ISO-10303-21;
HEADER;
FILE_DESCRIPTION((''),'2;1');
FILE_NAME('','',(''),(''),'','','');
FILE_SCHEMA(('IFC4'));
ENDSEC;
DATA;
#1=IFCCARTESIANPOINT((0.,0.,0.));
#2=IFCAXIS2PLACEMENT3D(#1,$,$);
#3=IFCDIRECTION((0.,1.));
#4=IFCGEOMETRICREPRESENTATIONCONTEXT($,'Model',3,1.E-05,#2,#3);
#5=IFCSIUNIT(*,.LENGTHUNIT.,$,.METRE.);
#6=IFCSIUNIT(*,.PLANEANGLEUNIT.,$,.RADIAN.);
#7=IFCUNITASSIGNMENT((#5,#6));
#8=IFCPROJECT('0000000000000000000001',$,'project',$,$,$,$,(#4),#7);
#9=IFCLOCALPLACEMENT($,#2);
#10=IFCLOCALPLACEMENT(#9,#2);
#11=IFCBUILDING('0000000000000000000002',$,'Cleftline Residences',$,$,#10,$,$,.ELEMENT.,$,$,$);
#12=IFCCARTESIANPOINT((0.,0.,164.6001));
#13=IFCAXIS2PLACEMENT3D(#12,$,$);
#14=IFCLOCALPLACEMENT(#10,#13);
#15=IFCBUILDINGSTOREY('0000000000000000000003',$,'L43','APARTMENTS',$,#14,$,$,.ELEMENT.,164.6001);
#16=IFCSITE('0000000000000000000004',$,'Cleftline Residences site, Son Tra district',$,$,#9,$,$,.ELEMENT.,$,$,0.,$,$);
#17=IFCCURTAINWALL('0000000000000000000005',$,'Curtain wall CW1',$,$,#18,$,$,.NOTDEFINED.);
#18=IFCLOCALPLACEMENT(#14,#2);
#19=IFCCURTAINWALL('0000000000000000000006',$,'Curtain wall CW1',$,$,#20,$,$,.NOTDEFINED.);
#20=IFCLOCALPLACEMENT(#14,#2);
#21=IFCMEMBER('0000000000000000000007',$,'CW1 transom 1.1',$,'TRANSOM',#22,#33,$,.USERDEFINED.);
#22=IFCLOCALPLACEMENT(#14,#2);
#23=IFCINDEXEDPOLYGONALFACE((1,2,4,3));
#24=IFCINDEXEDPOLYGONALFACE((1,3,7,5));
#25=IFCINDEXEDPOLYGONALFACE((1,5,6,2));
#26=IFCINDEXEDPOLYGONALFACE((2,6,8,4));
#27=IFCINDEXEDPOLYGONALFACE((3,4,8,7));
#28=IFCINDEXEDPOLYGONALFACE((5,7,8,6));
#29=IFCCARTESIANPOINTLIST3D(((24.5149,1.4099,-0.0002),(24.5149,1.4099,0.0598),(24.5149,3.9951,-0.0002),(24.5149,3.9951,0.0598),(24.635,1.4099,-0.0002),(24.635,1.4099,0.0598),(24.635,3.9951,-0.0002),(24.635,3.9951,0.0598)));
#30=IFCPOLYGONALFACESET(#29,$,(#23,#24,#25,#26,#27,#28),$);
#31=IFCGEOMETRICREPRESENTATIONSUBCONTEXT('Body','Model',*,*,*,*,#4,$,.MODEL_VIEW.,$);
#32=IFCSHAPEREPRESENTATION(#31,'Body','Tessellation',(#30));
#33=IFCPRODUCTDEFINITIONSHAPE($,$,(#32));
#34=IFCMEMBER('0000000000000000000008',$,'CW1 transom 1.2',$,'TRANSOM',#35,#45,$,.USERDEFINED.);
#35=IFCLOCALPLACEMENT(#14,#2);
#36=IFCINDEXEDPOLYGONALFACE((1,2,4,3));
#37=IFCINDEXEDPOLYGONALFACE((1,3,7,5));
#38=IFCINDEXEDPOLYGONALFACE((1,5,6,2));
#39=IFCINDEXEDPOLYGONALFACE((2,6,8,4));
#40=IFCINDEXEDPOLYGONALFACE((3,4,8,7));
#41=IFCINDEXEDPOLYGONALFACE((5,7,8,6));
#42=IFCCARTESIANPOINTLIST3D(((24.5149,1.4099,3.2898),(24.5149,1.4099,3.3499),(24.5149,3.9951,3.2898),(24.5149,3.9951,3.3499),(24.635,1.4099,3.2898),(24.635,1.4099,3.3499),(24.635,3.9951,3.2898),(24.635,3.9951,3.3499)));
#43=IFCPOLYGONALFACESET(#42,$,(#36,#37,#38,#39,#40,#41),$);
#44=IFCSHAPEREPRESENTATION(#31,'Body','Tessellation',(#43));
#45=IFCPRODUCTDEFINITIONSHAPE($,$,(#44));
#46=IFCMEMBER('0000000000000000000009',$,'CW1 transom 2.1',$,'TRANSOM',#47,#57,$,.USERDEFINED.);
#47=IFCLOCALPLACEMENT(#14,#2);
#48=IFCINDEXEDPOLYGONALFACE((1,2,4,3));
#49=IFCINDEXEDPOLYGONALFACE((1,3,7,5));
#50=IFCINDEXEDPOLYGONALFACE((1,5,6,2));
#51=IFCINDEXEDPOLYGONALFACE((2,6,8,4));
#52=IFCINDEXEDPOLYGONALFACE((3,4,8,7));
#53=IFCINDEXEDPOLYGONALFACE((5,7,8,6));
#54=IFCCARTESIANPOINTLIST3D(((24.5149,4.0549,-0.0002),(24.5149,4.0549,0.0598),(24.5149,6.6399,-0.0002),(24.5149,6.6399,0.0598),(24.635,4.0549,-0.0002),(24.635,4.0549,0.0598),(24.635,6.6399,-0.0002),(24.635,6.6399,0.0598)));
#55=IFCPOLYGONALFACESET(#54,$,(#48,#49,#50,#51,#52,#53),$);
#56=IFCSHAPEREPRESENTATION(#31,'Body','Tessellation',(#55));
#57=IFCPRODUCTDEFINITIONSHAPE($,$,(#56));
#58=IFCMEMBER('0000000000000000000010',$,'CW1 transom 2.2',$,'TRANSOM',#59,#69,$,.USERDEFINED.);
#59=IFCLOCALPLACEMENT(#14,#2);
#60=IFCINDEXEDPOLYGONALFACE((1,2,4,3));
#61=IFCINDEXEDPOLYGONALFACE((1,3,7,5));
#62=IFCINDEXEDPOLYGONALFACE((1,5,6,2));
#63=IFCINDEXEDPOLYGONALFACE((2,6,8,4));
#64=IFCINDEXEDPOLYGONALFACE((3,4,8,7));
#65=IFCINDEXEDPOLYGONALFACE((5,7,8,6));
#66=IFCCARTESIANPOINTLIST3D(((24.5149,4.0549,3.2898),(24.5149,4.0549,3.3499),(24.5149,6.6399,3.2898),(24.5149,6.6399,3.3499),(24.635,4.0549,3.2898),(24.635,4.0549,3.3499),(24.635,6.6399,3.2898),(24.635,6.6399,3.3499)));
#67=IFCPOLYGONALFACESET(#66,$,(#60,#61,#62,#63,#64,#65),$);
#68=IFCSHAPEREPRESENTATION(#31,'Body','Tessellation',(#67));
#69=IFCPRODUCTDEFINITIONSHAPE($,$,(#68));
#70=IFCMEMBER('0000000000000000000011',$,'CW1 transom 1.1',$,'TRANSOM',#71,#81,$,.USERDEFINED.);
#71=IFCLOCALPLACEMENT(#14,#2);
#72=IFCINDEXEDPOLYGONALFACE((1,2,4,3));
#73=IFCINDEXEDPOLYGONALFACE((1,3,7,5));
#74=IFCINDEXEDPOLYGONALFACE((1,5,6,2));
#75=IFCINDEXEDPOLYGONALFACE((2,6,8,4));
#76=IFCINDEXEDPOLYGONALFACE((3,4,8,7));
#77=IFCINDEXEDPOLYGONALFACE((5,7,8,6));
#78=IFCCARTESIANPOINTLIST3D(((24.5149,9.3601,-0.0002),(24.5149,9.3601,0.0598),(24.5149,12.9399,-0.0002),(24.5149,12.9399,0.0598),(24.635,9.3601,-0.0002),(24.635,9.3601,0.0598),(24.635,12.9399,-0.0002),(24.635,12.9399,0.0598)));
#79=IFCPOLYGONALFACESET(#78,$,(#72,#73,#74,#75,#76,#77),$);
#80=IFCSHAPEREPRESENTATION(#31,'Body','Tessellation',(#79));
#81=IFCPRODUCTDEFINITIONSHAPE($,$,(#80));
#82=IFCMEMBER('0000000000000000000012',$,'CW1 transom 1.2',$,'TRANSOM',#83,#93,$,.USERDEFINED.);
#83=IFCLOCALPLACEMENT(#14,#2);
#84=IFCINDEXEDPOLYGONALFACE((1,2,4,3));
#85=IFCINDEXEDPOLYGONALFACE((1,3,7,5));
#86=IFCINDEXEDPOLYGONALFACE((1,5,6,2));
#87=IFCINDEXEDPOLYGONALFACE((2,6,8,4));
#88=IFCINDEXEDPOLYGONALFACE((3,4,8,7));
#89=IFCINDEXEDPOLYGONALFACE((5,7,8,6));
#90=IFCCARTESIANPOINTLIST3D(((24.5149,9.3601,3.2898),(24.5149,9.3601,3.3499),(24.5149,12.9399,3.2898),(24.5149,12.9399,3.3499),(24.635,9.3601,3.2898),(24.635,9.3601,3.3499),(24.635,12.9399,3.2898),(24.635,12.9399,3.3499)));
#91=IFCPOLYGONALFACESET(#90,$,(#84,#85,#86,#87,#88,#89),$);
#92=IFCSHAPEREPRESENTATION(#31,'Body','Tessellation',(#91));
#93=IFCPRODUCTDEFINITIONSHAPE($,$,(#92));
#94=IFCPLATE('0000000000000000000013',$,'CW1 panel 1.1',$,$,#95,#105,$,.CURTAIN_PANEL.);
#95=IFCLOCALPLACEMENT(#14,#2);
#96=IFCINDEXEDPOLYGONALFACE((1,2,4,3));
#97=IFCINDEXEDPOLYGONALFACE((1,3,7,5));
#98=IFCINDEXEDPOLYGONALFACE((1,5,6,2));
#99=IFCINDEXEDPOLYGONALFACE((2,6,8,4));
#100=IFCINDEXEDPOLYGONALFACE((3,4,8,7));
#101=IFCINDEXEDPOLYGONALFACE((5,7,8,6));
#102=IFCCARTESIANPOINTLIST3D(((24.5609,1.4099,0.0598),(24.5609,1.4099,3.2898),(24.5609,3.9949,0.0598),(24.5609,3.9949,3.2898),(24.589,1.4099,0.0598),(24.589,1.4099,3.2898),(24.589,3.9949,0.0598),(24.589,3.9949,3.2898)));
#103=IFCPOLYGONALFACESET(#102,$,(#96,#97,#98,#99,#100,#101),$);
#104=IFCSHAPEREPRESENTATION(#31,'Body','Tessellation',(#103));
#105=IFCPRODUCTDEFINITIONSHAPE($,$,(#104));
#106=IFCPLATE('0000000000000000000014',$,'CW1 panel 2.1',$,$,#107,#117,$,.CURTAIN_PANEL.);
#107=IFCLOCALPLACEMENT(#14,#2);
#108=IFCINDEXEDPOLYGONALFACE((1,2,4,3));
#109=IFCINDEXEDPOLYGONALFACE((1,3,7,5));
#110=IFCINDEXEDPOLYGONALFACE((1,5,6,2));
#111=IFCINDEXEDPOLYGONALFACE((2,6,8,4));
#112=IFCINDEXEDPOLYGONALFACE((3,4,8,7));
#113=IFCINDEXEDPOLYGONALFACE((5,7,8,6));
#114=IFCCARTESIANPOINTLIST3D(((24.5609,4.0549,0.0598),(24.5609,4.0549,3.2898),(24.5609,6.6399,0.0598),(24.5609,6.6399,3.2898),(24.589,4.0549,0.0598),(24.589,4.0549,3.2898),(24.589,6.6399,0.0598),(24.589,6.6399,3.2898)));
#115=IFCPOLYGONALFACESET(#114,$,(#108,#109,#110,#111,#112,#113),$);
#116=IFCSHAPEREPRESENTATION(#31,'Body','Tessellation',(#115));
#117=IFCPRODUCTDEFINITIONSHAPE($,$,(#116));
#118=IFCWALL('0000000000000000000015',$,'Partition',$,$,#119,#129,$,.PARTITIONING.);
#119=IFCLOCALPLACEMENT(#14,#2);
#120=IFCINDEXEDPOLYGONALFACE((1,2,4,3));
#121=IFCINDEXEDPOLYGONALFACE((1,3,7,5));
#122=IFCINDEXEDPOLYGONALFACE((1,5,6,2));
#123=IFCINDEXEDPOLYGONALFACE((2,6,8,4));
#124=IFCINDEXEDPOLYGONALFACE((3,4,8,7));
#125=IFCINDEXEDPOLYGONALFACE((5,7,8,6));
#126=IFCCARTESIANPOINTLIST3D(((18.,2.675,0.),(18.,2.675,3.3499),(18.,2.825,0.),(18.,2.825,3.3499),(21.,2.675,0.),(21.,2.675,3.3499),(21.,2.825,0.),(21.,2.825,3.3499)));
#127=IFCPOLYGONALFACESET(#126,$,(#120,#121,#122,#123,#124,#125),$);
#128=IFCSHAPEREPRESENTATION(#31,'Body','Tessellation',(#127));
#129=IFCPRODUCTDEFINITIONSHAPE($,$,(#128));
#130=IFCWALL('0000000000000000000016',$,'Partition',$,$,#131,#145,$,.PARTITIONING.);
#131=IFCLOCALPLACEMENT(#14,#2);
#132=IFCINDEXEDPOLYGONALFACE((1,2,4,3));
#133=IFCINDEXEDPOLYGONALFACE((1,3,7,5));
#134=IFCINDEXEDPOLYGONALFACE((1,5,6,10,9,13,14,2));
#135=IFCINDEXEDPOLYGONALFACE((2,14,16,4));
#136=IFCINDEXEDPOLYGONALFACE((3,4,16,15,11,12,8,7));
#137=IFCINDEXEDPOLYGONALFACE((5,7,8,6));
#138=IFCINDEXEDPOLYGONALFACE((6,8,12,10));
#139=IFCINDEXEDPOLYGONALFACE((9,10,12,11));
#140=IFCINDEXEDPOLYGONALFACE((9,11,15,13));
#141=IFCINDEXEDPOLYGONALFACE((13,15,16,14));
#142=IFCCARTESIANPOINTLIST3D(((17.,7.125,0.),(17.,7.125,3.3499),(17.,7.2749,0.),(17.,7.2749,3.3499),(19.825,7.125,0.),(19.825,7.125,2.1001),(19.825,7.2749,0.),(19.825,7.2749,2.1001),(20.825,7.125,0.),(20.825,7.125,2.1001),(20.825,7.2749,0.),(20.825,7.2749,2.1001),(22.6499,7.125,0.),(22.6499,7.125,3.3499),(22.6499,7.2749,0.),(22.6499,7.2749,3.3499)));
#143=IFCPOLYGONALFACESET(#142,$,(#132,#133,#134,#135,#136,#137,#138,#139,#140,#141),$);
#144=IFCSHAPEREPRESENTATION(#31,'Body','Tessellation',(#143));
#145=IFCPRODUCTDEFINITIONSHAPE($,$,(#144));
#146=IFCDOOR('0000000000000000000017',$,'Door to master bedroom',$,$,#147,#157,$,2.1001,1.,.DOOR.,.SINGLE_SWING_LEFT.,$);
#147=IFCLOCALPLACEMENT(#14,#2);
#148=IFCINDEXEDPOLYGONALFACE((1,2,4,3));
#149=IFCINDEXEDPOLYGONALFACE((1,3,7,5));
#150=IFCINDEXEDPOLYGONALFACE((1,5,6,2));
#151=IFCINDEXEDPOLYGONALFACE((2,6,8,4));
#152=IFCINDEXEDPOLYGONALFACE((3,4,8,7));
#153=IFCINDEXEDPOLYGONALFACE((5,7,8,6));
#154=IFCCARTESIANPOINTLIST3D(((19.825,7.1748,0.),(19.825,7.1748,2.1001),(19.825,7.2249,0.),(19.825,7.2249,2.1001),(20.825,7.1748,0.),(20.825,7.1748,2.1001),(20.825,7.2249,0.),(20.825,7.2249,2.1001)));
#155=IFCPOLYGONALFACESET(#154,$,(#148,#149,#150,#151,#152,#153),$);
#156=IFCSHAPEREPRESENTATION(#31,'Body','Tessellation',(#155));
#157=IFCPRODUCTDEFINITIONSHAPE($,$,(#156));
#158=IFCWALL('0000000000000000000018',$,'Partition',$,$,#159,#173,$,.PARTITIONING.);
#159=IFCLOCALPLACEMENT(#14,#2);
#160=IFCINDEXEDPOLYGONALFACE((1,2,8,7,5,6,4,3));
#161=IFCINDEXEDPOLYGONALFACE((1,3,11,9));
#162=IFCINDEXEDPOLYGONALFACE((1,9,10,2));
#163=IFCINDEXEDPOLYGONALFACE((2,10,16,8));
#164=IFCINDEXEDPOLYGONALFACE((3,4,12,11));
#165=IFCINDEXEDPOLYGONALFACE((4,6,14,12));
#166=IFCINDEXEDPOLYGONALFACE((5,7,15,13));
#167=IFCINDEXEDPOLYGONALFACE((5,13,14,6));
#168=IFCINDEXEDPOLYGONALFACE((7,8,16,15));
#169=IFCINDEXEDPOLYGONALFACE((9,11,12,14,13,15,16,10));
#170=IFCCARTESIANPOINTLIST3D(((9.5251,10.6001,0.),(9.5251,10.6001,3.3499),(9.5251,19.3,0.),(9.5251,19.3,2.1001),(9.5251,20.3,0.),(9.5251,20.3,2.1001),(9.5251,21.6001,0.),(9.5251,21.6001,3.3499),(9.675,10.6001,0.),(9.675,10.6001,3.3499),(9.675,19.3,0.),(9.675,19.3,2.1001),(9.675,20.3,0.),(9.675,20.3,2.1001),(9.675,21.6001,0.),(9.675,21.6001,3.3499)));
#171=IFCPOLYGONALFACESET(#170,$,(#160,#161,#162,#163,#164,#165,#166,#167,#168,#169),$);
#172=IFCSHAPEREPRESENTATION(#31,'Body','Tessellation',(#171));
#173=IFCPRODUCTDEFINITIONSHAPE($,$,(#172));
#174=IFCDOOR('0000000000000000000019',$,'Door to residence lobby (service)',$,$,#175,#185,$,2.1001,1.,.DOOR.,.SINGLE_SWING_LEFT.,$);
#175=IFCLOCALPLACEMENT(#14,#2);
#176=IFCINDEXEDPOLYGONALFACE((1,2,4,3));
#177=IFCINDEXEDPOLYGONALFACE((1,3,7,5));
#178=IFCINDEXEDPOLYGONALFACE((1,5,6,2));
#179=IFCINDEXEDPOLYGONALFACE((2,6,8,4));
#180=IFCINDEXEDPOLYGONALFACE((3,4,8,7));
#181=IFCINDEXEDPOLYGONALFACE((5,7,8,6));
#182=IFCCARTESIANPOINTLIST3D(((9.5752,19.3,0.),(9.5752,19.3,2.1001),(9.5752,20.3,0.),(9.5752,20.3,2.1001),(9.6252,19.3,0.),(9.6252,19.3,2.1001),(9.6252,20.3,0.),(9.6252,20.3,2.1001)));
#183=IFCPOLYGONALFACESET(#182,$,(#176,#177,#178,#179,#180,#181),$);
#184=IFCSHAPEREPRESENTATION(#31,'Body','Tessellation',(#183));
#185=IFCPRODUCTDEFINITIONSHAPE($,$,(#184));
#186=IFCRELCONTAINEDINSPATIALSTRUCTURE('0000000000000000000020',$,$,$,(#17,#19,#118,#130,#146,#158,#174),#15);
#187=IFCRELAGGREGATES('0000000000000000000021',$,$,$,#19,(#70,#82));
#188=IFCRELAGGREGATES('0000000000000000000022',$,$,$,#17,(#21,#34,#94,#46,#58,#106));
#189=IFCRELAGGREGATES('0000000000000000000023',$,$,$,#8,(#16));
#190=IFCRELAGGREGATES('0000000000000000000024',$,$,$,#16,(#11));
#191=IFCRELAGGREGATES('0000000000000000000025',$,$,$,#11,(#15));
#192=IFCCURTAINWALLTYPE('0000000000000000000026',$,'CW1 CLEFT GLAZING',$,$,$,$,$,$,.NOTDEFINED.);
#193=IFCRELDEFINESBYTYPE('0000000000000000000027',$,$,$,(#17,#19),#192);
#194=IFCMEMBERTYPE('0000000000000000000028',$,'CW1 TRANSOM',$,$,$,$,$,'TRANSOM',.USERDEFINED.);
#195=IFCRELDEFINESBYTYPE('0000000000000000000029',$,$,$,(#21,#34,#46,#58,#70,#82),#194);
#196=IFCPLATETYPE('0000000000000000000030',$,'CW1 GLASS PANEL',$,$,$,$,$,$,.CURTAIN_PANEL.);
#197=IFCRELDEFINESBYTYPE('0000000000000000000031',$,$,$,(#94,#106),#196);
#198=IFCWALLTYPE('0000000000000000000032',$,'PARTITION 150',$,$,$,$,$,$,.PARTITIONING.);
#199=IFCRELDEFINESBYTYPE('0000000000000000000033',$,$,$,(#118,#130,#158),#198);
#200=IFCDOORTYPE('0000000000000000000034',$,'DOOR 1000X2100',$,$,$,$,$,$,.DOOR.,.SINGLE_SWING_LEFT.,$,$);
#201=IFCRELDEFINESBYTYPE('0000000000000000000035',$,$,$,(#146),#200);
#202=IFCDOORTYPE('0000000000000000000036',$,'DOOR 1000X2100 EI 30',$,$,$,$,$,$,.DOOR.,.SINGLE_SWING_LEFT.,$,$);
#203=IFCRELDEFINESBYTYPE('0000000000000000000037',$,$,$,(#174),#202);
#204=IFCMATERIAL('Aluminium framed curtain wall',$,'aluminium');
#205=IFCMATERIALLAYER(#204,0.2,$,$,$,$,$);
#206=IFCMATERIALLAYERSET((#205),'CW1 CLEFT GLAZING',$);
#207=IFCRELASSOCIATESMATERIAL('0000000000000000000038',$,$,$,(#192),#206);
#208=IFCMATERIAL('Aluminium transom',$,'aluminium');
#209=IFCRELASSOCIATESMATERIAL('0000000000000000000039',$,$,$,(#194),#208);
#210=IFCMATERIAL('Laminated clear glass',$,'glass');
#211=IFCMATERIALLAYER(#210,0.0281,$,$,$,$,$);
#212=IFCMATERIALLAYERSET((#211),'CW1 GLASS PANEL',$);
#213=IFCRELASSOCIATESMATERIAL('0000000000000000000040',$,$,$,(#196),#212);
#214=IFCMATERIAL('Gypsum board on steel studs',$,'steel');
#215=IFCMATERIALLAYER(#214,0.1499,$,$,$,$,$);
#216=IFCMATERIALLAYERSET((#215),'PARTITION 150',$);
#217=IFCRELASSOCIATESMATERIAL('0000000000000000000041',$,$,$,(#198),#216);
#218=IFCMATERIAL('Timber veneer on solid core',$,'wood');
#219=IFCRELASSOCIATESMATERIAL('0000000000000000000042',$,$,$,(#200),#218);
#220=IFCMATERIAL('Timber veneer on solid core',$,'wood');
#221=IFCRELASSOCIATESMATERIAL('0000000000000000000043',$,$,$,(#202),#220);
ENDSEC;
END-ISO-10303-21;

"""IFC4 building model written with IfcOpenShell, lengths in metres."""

from ifc_helpers import new_model, si_unit, direction, frame, frame_2d, origin, origin_2d, place, context, subcontext, project, spatial, rectangle, extrude, material, layer, layer_set, material_profile, profile_set, type_object, element, fill, aggregate, save


model = new_model("IFC4")

# Units and contexts
model_context = context("Model", 3, precision=1e-05, world=origin(), true_north=direction((0.0, 1.0)))
body_context = subcontext(model_context, "Body", "Model", "MODEL_VIEW")
ifc_project = project(units=[si_unit("LENGTHUNIT", "METRE"), si_unit("PLANEANGLEUNIT", "RADIAN")], contexts=[model_context])

# Site, building, storey
site_placement = place(None, origin())
site = spatial("IfcSite", under=ifc_project, at=site_placement, Name="Cleftline Residences site, Son Tra district", CompositionType="ELEMENT", RefElevation=0.0)
building_placement = place(site_placement, origin())
building = spatial("IfcBuilding", under=site, at=building_placement, Name="Cleftline Residences", CompositionType="ELEMENT")
storey_placement = place(building_placement, frame((0.0, 0.0, 164.6001)))
storey = spatial("IfcBuildingStorey", under=building, at=storey_placement, Name="L43", Description="APARTMENTS", CompositionType="ELEMENT", Elevation=164.6001)

# Curtain wall
ifc_material_1 = material(Name="Aluminium framed curtain wall", Category="aluminium")
ifc_layer_1 = layer(ifc_material_1, 0.2)
ifc_layer_set_1 = layer_set([ifc_layer_1], Name="CW1 CLEFT GLAZING")
curtain_wall_type = type_object("IfcCurtainWallType", Name="CW1 CLEFT GLAZING", PredefinedType="NOTDEFINED", material=ifc_layer_set_1)
curtain_wall_1_placement = place(storey_placement, origin())
curtain_wall_1 = element("IfcCurtainWall", 1, at=curtain_wall_1_placement, inside=storey, type_object=curtain_wall_type, Name="Curtain wall CW1", PredefinedType="NOTDEFINED")

# Curtain wall
curtain_wall_2_placement = place(storey_placement, origin())
curtain_wall_2 = element("IfcCurtainWall", 2, at=curtain_wall_2_placement, inside=storey, type_object=curtain_wall_type, Name="Curtain wall CW1", PredefinedType="NOTDEFINED")

# Members
ifc_material_2 = material(Name="Aluminium transom", Category="aluminium")
ifc_material_profile_1 = material_profile(ifc_material_2, rectangle(XDim=0.1201, YDim=0.0601, at=origin_2d()))
ifc_profile_set_1 = profile_set([ifc_material_profile_1], Name="Aluminium transom")
member_type_1 = type_object("IfcMemberType", Name="CW1 TRANSOM", ElementType="TRANSOM", PredefinedType="USERDEFINED", material=ifc_profile_set_1)
member_1_placement = place(storey_placement, frame((24.575, 1.4099, 0.0298), z_axis=(0.0, 1.0, 0.0), x_axis=(-1.0, 0.0, 0.0)))
member_1 = element("IfcMember", 3, at=member_1_placement, type_object=member_type_1, Name="CW1 transom 1.1", ObjectType="TRANSOM", PredefinedType="USERDEFINED", context=body_context, shape_type="SweptSolid", body=[
    extrude(rectangle(XDim=0.1201, YDim=0.0601, at=origin_2d()), origin(), (0.0, 0.0, 1.0), 2.5852),
])
member_2_placement = place(storey_placement, frame((24.575, 1.4099, 3.3198), z_axis=(0.0, 1.0, 0.0), x_axis=(-1.0, 0.0, 0.0)))
member_2 = element("IfcMember", 4, at=member_2_placement, type_object=member_type_1, Name="CW1 transom 1.2", ObjectType="TRANSOM", PredefinedType="USERDEFINED", context=body_context, shape_type="SweptSolid", body=[
    extrude(rectangle(XDim=0.1201, YDim=0.0601, at=origin_2d()), origin(), (0.0, 0.0, 1.0), 2.5852),
])
member_3_placement = place(storey_placement, frame((24.575, 4.0549, 0.0298), z_axis=(0.0, 1.0, 0.0), x_axis=(-1.0, 0.0, 0.0)))
member_3 = element("IfcMember", 5, at=member_3_placement, type_object=member_type_1, Name="CW1 transom 2.1", ObjectType="TRANSOM", PredefinedType="USERDEFINED", context=body_context, shape_type="SweptSolid", body=[
    extrude(rectangle(XDim=0.1201, YDim=0.0601, at=origin_2d()), origin(), (0.0, 0.0, 1.0), 2.585),
])
member_4_placement = place(storey_placement, frame((24.575, 4.0549, 3.3198), z_axis=(0.0, 1.0, 0.0), x_axis=(-1.0, 0.0, 0.0)))
member_4 = element("IfcMember", 6, at=member_4_placement, type_object=member_type_1, Name="CW1 transom 2.2", ObjectType="TRANSOM", PredefinedType="USERDEFINED", context=body_context, shape_type="SweptSolid", body=[
    extrude(rectangle(XDim=0.1201, YDim=0.0601, at=origin_2d()), origin(), (0.0, 0.0, 1.0), 2.585),
])
member_5_placement = place(storey_placement, frame((24.575, 9.3601, 0.0298), z_axis=(0.0, 1.0, 0.0), x_axis=(-1.0, 0.0, 0.0)))
member_5 = element("IfcMember", 7, at=member_5_placement, type_object=member_type_1, Name="CW1 transom 1.1", ObjectType="TRANSOM", PredefinedType="USERDEFINED", context=body_context, shape_type="SweptSolid", body=[
    extrude(rectangle(XDim=0.1201, YDim=0.0601, at=origin_2d()), origin(), (0.0, 0.0, 1.0), 3.5798),
])
member_6_placement = place(storey_placement, frame((24.575, 9.3601, 3.3198), z_axis=(0.0, 1.0, 0.0), x_axis=(-1.0, 0.0, 0.0)))
member_6 = element("IfcMember", 8, at=member_6_placement, type_object=member_type_1, Name="CW1 transom 1.2", ObjectType="TRANSOM", PredefinedType="USERDEFINED", context=body_context, shape_type="SweptSolid", body=[
    extrude(rectangle(XDim=0.1201, YDim=0.0601, at=origin_2d()), origin(), (0.0, 0.0, 1.0), 3.5798),
])
aggregate(curtain_wall_2, [member_5, member_6])

# Plates
ifc_material_3 = material(Name="Laminated clear glass", Category="glass")
ifc_layer_2 = layer(ifc_material_3, 0.0281)
ifc_layer_set_2 = layer_set([ifc_layer_2], Name="CW1 GLASS PANEL")
plate_type = type_object("IfcPlateType", Name="CW1 GLASS PANEL", PredefinedType="CURTAIN_PANEL", material=ifc_layer_set_2)
plate_1_placement = place(storey_placement, frame((24.575, 2.7024, 0.0598), z_axis=(0.0, 0.0, 1.0), x_axis=(0.0, 1.0, 0.0)))
plate_1 = element("IfcPlate", 9, at=plate_1_placement, type_object=plate_type, Name="CW1 panel 1.1", PredefinedType="CURTAIN_PANEL", context=body_context, shape_type="SweptSolid", body=[
    extrude(rectangle(XDim=2.585, YDim=0.0281, at=origin_2d()), origin(), (0.0, 0.0, 1.0), 3.23),
])
plate_2_placement = place(storey_placement, frame((24.575, 5.3474, 0.0598), z_axis=(0.0, 0.0, 1.0), x_axis=(0.0, 1.0, 0.0)))
plate_2 = element("IfcPlate", 10, at=plate_2_placement, type_object=plate_type, Name="CW1 panel 2.1", PredefinedType="CURTAIN_PANEL", context=body_context, shape_type="SweptSolid", body=[
    extrude(rectangle(XDim=2.585, YDim=0.0281, at=origin_2d()), origin(), (0.0, 0.0, 1.0), 3.23),
])
aggregate(curtain_wall_1, [member_1, member_2, plate_1, member_3, member_4, plate_2])

# Wall
ifc_material_4 = material(Name="Gypsum board on steel studs", Category="steel")
ifc_layer_3 = layer(ifc_material_4, 0.1499)
ifc_layer_set_3 = layer_set([ifc_layer_3], Name="PARTITION 150")
wall_type = type_object("IfcWallType", Name="PARTITION 150", PredefinedType="PARTITIONING", material=ifc_layer_set_3)
wall_1_placement = place(storey_placement, frame((18.0, 2.75, 0.0), z_axis=(0.0, 0.0, 1.0), x_axis=(1.0, 0.0, 0.0)))
element("IfcWall", 11, at=wall_1_placement, inside=storey, type_object=wall_type, Name="Partition", PredefinedType="PARTITIONING", context=body_context, shape_type="SweptSolid", body=[
    extrude(rectangle(XDim=3.0, YDim=0.1499, at=frame_2d((1.5, 0.0))), origin(), (0.0, 0.0, 1.0), 3.3499),
])

# Walls, openings, doors
wall_2_placement = place(storey_placement, frame((17.0, 7.2, 0.0), z_axis=(0.0, 0.0, 1.0), x_axis=(1.0, 0.0, 0.0)))
wall_2 = element("IfcWall", 12, at=wall_2_placement, inside=storey, type_object=wall_type, Name="Partition", PredefinedType="PARTITIONING", context=body_context, shape_type="SweptSolid", body=[
    extrude(rectangle(XDim=5.6499, YDim=0.1499, at=frame_2d((2.825, 0.0))), origin(), (0.0, 0.0, 1.0), 3.3499),
])
opening_1_placement = place(wall_2_placement, frame((2.825, 0.0, 0.0)))
opening_1 = element("IfcOpeningElement", 13, at=opening_1_placement, cuts=wall_2, PredefinedType="OPENING", context=body_context, shape_type="SweptSolid", body=[
    extrude(rectangle(XDim=1.0, YDim=2.1001, at=frame_2d((0.5, 1.05))), frame((0.0, 0.085, 0.0), z_axis=(0.0, -1.0, 0.0), x_axis=(1.0, 0.0, 0.0)), (0.0, 0.0, 1.0), 0.1699),
])
ifc_material_5 = material(Name="Timber veneer on solid core", Category="wood")
door_type_1 = type_object("IfcDoorType", Name="DOOR 1000X2100", OperationType="SINGLE_SWING_LEFT", PredefinedType="DOOR", material=ifc_material_5)
door_1_placement = place(opening_1_placement, origin())
door_1 = element("IfcDoor", 14, at=door_1_placement, inside=storey, type_object=door_type_1, Name="Door to master bedroom", OperationType="SINGLE_SWING_LEFT", OverallHeight=2.1001, OverallWidth=1.0, PredefinedType="DOOR", context=body_context, shape_type="SweptSolid", body=[
    extrude(rectangle(XDim=1.0, YDim=2.1001, at=frame_2d((0.5, 1.05))), frame((0.0, 0.0249, 0.0), z_axis=(0.0, -1.0, 0.0), x_axis=(1.0, 0.0, 0.0)), (0.0, 0.0, 1.0), 0.05),
])
fill(opening_1, door_1)
wall_3_placement = place(storey_placement, frame((9.6001, 10.6001, 0.0), z_axis=(0.0, 0.0, 1.0), x_axis=(0.0, 1.0, 0.0)))
wall_3 = element("IfcWall", 15, at=wall_3_placement, inside=storey, type_object=wall_type, Name="Partition", PredefinedType="PARTITIONING", context=body_context, shape_type="SweptSolid", body=[
    extrude(rectangle(XDim=11.0, YDim=0.1499, at=frame_2d((5.5, 0.0))), origin(), (0.0, 0.0, 1.0), 3.3499),
])
opening_2_placement = place(wall_3_placement, frame((8.7, 0.0, 0.0)))
opening_2 = element("IfcOpeningElement", 16, at=opening_2_placement, cuts=wall_3, PredefinedType="OPENING", context=body_context, shape_type="SweptSolid", body=[
    extrude(rectangle(XDim=1.0, YDim=2.1001, at=frame_2d((0.5, 1.05))), frame((0.0, 0.085, 0.0), z_axis=(0.0, -1.0, 0.0), x_axis=(1.0, 0.0, 0.0)), (0.0, 0.0, 1.0), 0.1699),
])
ifc_material_6 = material(Name="Timber veneer on solid core", Category="wood")
door_type_2 = type_object("IfcDoorType", Name="DOOR 1000X2100 EI 30", OperationType="SINGLE_SWING_LEFT", PredefinedType="DOOR", material=ifc_material_6)
door_2_placement = place(opening_2_placement, origin())
door_2 = element("IfcDoor", 17, at=door_2_placement, inside=storey, type_object=door_type_2, Name="Door to residence lobby (service)", OperationType="SINGLE_SWING_LEFT", OverallHeight=2.1001, OverallWidth=1.0, PredefinedType="DOOR", context=body_context, shape_type="SweptSolid", body=[
    extrude(rectangle(XDim=1.0, YDim=2.1001, at=frame_2d((0.5, 1.05))), frame((0.0, 0.0249, 0.0), z_axis=(0.0, -1.0, 0.0), x_axis=(1.0, 0.0, 0.0)), (0.0, 0.0, 1.0), 0.05),
])
fill(opening_2, door_2)

save(model, "model.ifc")
